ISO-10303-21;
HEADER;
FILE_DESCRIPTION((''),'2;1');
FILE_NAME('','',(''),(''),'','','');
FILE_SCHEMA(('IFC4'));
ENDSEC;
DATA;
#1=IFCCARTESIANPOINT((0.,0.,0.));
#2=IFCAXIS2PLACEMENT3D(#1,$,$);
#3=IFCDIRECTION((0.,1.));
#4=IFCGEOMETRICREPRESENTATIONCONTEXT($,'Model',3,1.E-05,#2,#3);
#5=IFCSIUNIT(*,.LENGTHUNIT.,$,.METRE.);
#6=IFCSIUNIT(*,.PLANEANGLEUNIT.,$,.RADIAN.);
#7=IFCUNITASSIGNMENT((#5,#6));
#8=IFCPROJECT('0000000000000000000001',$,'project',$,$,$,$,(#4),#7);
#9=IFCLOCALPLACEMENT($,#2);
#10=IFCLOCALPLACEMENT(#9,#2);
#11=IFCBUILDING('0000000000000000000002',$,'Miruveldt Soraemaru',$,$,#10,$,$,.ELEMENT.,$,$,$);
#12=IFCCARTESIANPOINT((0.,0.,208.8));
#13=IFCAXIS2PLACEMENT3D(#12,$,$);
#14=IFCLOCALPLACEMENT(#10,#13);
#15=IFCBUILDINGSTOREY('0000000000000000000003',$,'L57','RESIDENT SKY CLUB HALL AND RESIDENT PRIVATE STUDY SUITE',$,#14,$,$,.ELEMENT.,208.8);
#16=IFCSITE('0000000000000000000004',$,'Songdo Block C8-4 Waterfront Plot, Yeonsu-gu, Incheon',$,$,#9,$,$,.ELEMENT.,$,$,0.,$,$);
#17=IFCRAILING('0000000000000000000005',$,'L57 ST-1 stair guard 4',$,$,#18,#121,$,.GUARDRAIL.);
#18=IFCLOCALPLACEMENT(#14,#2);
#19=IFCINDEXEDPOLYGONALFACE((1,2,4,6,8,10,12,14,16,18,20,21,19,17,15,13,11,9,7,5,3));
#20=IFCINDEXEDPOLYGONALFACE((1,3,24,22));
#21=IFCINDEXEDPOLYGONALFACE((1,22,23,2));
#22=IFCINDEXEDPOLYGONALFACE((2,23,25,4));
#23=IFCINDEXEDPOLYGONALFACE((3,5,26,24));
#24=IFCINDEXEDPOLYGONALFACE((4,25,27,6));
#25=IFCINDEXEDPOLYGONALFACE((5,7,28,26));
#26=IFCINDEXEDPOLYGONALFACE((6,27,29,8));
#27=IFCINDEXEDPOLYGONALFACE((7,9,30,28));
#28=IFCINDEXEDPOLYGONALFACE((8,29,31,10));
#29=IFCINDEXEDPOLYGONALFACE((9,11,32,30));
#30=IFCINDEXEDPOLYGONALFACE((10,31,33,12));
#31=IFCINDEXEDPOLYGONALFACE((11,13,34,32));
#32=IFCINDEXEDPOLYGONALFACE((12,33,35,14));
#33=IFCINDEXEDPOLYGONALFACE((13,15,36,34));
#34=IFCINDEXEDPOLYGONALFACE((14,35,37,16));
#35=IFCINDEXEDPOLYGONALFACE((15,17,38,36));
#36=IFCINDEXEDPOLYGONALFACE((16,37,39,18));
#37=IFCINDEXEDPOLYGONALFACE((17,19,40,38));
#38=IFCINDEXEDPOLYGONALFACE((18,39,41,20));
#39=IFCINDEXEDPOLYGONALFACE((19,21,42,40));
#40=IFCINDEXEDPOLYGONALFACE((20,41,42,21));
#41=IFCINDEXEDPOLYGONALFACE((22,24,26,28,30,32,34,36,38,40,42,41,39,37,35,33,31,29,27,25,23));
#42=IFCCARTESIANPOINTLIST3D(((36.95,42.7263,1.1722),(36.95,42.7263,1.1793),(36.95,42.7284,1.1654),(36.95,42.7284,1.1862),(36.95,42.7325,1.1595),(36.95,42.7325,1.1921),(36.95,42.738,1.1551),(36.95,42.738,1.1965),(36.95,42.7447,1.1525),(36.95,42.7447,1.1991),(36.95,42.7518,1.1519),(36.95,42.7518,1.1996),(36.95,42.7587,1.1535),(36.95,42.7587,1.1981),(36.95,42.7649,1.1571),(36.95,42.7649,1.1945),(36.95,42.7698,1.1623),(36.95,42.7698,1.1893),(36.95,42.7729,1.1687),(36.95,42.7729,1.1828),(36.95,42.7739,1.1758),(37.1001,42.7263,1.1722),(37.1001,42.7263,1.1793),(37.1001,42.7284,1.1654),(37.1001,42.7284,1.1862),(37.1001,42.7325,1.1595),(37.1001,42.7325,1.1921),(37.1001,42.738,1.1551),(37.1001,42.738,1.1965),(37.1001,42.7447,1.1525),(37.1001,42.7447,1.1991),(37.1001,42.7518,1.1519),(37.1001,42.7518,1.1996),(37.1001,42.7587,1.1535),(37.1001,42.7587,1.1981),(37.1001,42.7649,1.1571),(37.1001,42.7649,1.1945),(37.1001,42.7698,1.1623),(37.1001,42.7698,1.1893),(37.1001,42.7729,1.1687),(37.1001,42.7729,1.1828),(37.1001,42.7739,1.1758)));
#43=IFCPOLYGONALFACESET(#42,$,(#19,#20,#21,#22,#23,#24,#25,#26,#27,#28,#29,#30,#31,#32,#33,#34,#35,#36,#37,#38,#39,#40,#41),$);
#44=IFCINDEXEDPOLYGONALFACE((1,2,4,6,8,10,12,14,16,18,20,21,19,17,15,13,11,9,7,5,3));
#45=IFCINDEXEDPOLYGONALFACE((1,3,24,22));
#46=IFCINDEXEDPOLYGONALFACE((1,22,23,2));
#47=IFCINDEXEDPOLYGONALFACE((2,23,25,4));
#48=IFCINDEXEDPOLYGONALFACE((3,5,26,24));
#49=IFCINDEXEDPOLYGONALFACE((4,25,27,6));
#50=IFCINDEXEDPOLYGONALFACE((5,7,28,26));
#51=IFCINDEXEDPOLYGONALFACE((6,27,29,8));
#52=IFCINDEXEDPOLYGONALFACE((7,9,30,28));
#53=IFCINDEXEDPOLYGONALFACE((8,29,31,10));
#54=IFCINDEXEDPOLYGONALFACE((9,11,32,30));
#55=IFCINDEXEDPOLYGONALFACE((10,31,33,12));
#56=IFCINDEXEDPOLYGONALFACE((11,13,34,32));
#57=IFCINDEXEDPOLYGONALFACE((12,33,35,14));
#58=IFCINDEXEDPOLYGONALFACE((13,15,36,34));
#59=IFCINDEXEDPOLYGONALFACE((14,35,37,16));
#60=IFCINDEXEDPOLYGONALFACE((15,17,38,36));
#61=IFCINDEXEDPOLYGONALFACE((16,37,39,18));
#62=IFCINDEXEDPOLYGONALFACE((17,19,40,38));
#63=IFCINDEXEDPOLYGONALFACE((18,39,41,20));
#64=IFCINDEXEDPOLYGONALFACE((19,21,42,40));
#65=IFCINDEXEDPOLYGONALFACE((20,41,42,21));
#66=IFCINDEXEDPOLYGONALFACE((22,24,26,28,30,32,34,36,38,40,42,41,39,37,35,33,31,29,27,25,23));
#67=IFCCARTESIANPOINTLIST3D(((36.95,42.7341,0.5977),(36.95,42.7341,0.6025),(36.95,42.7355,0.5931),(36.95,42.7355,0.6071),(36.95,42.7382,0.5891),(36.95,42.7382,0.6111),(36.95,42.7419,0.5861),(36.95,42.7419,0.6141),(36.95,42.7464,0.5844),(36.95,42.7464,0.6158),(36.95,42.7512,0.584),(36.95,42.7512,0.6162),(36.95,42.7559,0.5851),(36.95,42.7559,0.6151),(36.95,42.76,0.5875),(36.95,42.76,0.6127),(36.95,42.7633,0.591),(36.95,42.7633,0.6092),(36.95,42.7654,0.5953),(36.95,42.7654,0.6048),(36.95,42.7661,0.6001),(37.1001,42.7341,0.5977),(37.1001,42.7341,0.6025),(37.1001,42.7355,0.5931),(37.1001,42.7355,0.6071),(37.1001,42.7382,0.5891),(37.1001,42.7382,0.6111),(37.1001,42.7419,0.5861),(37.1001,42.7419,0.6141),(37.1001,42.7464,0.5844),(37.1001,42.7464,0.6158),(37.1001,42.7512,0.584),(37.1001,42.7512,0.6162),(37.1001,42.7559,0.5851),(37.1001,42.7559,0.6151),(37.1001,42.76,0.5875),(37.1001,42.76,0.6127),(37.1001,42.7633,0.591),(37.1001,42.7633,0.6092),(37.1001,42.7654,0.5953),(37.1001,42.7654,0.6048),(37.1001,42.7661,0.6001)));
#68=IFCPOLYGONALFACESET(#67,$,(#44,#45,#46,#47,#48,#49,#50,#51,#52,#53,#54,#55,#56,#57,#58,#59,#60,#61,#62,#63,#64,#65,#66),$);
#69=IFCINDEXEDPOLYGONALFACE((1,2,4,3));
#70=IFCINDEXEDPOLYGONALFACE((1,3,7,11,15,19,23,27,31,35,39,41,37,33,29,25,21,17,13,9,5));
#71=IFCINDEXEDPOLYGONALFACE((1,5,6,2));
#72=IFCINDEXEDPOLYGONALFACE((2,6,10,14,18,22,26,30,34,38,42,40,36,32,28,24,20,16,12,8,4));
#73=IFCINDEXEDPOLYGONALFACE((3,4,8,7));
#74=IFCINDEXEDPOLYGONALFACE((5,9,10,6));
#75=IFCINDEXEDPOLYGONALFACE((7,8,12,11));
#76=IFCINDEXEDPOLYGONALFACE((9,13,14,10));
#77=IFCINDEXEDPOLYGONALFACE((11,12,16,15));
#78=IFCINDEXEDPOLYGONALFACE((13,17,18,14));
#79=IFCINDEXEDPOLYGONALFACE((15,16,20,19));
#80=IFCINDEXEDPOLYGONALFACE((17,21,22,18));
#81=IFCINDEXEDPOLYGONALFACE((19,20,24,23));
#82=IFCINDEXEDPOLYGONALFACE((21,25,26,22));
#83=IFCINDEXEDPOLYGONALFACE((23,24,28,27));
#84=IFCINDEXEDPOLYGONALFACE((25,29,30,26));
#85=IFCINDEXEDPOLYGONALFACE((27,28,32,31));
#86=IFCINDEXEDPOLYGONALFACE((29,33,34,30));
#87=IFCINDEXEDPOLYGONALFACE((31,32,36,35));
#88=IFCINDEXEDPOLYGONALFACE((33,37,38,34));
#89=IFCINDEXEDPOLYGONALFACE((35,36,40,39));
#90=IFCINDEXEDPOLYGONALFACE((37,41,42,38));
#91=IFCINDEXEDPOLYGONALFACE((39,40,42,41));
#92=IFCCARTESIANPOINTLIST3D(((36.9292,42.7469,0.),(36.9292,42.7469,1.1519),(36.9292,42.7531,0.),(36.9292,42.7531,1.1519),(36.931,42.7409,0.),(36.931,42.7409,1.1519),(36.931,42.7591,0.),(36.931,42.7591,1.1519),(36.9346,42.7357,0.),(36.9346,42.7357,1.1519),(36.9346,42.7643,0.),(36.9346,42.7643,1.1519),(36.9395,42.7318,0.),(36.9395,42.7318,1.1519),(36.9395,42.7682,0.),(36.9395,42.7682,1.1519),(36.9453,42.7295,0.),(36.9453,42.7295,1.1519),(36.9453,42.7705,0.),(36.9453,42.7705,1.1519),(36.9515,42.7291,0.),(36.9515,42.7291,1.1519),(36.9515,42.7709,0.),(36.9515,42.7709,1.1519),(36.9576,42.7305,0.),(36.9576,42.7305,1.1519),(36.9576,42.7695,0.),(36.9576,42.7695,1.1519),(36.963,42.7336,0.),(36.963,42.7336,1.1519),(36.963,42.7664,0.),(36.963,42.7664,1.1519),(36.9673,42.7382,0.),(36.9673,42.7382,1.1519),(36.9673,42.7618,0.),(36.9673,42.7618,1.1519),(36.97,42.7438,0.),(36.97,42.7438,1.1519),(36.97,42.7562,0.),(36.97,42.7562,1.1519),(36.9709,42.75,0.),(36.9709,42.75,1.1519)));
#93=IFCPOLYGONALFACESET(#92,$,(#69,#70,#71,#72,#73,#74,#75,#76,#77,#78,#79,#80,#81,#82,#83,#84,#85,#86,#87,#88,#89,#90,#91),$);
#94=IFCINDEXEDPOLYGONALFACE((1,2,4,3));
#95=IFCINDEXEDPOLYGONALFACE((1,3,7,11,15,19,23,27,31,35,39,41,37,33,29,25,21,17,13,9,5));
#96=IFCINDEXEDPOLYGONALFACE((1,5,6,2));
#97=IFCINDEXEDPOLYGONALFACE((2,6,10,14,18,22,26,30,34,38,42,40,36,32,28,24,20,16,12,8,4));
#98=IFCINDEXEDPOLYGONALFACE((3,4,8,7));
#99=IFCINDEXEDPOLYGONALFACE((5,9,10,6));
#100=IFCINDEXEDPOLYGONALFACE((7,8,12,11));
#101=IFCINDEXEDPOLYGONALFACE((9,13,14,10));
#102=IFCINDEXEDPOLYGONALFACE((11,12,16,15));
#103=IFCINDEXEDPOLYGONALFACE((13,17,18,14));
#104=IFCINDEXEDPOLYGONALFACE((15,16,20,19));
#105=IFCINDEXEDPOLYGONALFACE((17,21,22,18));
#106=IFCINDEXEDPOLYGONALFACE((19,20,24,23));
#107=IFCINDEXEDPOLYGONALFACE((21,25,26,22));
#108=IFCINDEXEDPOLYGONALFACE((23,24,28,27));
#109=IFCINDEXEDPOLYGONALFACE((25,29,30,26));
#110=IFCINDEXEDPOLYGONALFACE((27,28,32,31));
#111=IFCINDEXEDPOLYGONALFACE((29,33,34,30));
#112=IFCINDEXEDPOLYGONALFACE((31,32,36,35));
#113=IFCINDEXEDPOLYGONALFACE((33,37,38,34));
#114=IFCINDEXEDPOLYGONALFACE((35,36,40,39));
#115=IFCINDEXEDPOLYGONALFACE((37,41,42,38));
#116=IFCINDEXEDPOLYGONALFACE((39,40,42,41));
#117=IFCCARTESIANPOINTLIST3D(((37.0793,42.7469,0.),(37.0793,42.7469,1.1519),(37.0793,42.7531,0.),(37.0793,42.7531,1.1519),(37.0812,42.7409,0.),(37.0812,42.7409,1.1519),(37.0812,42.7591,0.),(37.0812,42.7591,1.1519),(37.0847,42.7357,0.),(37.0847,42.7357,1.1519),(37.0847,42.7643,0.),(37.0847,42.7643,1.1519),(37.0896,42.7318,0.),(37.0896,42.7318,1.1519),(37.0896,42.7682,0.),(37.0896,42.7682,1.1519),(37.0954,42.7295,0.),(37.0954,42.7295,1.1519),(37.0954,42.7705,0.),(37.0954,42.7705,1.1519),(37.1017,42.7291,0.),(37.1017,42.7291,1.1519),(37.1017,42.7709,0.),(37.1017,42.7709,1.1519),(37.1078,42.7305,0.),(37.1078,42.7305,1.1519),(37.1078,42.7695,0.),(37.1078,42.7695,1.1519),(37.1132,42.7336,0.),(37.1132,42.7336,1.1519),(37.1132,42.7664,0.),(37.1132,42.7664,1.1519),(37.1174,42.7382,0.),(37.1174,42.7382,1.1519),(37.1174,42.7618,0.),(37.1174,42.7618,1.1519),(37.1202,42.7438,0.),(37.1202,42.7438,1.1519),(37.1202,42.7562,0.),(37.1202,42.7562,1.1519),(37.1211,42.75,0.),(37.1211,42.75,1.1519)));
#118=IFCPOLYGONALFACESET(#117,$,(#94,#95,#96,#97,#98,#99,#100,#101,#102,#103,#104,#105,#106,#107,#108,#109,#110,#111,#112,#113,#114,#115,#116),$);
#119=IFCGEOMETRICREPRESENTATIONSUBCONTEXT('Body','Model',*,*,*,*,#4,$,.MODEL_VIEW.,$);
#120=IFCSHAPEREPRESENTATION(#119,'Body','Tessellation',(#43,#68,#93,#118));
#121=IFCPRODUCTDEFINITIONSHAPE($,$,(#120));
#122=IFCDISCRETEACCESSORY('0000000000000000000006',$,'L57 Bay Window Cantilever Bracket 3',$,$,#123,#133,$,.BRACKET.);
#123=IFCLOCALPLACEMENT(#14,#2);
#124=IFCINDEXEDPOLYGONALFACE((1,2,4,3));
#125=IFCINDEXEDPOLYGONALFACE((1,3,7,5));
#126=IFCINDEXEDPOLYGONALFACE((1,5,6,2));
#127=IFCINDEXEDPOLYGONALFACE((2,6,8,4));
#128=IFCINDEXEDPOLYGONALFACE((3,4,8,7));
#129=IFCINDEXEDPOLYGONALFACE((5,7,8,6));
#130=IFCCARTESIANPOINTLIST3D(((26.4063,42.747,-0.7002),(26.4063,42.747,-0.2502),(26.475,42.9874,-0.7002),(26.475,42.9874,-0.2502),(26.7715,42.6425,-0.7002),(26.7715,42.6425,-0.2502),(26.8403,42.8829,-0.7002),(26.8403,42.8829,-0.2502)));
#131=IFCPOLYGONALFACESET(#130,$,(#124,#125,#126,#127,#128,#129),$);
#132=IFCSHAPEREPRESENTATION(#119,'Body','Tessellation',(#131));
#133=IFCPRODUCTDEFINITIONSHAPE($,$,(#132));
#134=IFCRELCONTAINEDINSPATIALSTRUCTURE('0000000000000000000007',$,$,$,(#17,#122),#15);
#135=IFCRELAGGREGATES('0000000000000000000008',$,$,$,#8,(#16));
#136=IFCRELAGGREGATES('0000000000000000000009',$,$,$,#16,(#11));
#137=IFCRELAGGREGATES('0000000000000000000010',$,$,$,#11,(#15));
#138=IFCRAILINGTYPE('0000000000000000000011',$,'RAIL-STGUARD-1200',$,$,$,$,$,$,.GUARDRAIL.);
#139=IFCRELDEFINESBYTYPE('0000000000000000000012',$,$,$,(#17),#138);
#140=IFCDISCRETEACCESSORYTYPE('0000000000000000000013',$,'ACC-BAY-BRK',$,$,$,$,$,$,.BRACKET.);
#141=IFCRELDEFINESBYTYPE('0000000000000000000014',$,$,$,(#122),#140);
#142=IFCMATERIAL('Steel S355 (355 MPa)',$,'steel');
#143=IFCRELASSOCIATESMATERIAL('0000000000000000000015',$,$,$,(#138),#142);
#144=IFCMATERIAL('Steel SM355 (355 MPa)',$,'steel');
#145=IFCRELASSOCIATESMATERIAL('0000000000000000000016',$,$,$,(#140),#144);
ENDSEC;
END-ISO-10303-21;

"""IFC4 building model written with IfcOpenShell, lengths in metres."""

from ifc_helpers import new_model, si_unit, direction, frame, origin, origin_2d, place, context, subcontext, project, spatial, rectangle, circle, extrude, material, type_object, element, save


model = new_model("IFC4")

# Units and contexts
model_context = context("Model", 3, precision=1e-05, world=origin(), true_north=direction((0.0, 1.0)))
body_context = subcontext(model_context, "Body", "Model", "MODEL_VIEW")
ifc_project = project(units=[si_unit("LENGTHUNIT", "METRE"), si_unit("PLANEANGLEUNIT", "RADIAN")], contexts=[model_context])

# Site, building, storey
site_placement = place(None, origin())
site = spatial("IfcSite", under=ifc_project, at=site_placement, Name="Songdo Block C8-4 Waterfront Plot, Yeonsu-gu, Incheon", CompositionType="ELEMENT", RefElevation=0.0)
building_placement = place(site_placement, origin())
building = spatial("IfcBuilding", under=site, at=building_placement, Name="Miruveldt Soraemaru", CompositionType="ELEMENT")
storey_placement = place(building_placement, frame((0.0, 0.0, 208.8)))
storey = spatial("IfcBuildingStorey", under=building, at=storey_placement, Name="L57", Description="RESIDENT SKY CLUB HALL AND RESIDENT PRIVATE STUDY SUITE", CompositionType="ELEMENT", Elevation=208.8)

# Railing
ifc_material_1 = material(Name="Steel S355 (355 MPa)", Category="steel")
railing_type_1 = type_object("IfcRailingType", Name="RAIL-STGUARD-1200", PredefinedType="GUARDRAIL", material=ifc_material_1)
railing_1_placement = place(storey_placement, frame((36.95, 42.75, 0.0)))
element("IfcRailing", 1, at=railing_1_placement, inside=storey, type_object=railing_type_1, Name="L57 ST-1 stair guard 4", PredefinedType="GUARDRAIL", context=body_context, shape_type="SweptSolid", body=[
    extrude(circle(Radius=0.0239, at=origin_2d()), frame((0.0, 0.0, 1.1758), z_axis=(1.0, 0.0, 0.0), x_axis=(0.0, 1.0, 0.0)), (0.0, 0.0, 1.0), 0.1501),
    extrude(circle(Radius=0.0161, at=origin_2d()), frame((0.0, 0.0, 0.6001), z_axis=(1.0, 0.0, 0.0), x_axis=(0.0, 1.0, 0.0)), (0.0, 0.0, 1.0), 0.1501),
    extrude(circle(Radius=0.021, at=origin_2d()), origin(), (0.0, 0.0, 1.0), 1.1519),
    extrude(circle(Radius=0.021, at=origin_2d()), frame((0.1501, 0.0, 0.0)), (0.0, 0.0, 1.0), 1.1519),
])

# Discrete accessory
ifc_material_2 = material(Name="Steel SM355 (355 MPa)", Category="steel")
discrete_accessory_type = type_object("IfcDiscreteAccessoryType", Name="ACC-BAY-BRK", PredefinedType="BRACKET", material=ifc_material_2)
discrete_accessory_placement = place(storey_placement, frame((26.6233, 42.8149, -0.7002), z_axis=(0.0, 0.0, 1.0), x_axis=(-0.961449, 0.274983, 0.0)))
element("IfcDiscreteAccessory", 2, at=discrete_accessory_placement, inside=storey, type_object=discrete_accessory_type, Name="L57 Bay Window Cantilever Bracket 3", PredefinedType="BRACKET", context=body_context, shape_type="SweptSolid", body=[
    extrude(rectangle(XDim=0.3799, YDim=0.25, at=origin_2d()), origin(), (0.0, 0.0, 1.0), 0.45),
])

save(model, "model.ifc")
